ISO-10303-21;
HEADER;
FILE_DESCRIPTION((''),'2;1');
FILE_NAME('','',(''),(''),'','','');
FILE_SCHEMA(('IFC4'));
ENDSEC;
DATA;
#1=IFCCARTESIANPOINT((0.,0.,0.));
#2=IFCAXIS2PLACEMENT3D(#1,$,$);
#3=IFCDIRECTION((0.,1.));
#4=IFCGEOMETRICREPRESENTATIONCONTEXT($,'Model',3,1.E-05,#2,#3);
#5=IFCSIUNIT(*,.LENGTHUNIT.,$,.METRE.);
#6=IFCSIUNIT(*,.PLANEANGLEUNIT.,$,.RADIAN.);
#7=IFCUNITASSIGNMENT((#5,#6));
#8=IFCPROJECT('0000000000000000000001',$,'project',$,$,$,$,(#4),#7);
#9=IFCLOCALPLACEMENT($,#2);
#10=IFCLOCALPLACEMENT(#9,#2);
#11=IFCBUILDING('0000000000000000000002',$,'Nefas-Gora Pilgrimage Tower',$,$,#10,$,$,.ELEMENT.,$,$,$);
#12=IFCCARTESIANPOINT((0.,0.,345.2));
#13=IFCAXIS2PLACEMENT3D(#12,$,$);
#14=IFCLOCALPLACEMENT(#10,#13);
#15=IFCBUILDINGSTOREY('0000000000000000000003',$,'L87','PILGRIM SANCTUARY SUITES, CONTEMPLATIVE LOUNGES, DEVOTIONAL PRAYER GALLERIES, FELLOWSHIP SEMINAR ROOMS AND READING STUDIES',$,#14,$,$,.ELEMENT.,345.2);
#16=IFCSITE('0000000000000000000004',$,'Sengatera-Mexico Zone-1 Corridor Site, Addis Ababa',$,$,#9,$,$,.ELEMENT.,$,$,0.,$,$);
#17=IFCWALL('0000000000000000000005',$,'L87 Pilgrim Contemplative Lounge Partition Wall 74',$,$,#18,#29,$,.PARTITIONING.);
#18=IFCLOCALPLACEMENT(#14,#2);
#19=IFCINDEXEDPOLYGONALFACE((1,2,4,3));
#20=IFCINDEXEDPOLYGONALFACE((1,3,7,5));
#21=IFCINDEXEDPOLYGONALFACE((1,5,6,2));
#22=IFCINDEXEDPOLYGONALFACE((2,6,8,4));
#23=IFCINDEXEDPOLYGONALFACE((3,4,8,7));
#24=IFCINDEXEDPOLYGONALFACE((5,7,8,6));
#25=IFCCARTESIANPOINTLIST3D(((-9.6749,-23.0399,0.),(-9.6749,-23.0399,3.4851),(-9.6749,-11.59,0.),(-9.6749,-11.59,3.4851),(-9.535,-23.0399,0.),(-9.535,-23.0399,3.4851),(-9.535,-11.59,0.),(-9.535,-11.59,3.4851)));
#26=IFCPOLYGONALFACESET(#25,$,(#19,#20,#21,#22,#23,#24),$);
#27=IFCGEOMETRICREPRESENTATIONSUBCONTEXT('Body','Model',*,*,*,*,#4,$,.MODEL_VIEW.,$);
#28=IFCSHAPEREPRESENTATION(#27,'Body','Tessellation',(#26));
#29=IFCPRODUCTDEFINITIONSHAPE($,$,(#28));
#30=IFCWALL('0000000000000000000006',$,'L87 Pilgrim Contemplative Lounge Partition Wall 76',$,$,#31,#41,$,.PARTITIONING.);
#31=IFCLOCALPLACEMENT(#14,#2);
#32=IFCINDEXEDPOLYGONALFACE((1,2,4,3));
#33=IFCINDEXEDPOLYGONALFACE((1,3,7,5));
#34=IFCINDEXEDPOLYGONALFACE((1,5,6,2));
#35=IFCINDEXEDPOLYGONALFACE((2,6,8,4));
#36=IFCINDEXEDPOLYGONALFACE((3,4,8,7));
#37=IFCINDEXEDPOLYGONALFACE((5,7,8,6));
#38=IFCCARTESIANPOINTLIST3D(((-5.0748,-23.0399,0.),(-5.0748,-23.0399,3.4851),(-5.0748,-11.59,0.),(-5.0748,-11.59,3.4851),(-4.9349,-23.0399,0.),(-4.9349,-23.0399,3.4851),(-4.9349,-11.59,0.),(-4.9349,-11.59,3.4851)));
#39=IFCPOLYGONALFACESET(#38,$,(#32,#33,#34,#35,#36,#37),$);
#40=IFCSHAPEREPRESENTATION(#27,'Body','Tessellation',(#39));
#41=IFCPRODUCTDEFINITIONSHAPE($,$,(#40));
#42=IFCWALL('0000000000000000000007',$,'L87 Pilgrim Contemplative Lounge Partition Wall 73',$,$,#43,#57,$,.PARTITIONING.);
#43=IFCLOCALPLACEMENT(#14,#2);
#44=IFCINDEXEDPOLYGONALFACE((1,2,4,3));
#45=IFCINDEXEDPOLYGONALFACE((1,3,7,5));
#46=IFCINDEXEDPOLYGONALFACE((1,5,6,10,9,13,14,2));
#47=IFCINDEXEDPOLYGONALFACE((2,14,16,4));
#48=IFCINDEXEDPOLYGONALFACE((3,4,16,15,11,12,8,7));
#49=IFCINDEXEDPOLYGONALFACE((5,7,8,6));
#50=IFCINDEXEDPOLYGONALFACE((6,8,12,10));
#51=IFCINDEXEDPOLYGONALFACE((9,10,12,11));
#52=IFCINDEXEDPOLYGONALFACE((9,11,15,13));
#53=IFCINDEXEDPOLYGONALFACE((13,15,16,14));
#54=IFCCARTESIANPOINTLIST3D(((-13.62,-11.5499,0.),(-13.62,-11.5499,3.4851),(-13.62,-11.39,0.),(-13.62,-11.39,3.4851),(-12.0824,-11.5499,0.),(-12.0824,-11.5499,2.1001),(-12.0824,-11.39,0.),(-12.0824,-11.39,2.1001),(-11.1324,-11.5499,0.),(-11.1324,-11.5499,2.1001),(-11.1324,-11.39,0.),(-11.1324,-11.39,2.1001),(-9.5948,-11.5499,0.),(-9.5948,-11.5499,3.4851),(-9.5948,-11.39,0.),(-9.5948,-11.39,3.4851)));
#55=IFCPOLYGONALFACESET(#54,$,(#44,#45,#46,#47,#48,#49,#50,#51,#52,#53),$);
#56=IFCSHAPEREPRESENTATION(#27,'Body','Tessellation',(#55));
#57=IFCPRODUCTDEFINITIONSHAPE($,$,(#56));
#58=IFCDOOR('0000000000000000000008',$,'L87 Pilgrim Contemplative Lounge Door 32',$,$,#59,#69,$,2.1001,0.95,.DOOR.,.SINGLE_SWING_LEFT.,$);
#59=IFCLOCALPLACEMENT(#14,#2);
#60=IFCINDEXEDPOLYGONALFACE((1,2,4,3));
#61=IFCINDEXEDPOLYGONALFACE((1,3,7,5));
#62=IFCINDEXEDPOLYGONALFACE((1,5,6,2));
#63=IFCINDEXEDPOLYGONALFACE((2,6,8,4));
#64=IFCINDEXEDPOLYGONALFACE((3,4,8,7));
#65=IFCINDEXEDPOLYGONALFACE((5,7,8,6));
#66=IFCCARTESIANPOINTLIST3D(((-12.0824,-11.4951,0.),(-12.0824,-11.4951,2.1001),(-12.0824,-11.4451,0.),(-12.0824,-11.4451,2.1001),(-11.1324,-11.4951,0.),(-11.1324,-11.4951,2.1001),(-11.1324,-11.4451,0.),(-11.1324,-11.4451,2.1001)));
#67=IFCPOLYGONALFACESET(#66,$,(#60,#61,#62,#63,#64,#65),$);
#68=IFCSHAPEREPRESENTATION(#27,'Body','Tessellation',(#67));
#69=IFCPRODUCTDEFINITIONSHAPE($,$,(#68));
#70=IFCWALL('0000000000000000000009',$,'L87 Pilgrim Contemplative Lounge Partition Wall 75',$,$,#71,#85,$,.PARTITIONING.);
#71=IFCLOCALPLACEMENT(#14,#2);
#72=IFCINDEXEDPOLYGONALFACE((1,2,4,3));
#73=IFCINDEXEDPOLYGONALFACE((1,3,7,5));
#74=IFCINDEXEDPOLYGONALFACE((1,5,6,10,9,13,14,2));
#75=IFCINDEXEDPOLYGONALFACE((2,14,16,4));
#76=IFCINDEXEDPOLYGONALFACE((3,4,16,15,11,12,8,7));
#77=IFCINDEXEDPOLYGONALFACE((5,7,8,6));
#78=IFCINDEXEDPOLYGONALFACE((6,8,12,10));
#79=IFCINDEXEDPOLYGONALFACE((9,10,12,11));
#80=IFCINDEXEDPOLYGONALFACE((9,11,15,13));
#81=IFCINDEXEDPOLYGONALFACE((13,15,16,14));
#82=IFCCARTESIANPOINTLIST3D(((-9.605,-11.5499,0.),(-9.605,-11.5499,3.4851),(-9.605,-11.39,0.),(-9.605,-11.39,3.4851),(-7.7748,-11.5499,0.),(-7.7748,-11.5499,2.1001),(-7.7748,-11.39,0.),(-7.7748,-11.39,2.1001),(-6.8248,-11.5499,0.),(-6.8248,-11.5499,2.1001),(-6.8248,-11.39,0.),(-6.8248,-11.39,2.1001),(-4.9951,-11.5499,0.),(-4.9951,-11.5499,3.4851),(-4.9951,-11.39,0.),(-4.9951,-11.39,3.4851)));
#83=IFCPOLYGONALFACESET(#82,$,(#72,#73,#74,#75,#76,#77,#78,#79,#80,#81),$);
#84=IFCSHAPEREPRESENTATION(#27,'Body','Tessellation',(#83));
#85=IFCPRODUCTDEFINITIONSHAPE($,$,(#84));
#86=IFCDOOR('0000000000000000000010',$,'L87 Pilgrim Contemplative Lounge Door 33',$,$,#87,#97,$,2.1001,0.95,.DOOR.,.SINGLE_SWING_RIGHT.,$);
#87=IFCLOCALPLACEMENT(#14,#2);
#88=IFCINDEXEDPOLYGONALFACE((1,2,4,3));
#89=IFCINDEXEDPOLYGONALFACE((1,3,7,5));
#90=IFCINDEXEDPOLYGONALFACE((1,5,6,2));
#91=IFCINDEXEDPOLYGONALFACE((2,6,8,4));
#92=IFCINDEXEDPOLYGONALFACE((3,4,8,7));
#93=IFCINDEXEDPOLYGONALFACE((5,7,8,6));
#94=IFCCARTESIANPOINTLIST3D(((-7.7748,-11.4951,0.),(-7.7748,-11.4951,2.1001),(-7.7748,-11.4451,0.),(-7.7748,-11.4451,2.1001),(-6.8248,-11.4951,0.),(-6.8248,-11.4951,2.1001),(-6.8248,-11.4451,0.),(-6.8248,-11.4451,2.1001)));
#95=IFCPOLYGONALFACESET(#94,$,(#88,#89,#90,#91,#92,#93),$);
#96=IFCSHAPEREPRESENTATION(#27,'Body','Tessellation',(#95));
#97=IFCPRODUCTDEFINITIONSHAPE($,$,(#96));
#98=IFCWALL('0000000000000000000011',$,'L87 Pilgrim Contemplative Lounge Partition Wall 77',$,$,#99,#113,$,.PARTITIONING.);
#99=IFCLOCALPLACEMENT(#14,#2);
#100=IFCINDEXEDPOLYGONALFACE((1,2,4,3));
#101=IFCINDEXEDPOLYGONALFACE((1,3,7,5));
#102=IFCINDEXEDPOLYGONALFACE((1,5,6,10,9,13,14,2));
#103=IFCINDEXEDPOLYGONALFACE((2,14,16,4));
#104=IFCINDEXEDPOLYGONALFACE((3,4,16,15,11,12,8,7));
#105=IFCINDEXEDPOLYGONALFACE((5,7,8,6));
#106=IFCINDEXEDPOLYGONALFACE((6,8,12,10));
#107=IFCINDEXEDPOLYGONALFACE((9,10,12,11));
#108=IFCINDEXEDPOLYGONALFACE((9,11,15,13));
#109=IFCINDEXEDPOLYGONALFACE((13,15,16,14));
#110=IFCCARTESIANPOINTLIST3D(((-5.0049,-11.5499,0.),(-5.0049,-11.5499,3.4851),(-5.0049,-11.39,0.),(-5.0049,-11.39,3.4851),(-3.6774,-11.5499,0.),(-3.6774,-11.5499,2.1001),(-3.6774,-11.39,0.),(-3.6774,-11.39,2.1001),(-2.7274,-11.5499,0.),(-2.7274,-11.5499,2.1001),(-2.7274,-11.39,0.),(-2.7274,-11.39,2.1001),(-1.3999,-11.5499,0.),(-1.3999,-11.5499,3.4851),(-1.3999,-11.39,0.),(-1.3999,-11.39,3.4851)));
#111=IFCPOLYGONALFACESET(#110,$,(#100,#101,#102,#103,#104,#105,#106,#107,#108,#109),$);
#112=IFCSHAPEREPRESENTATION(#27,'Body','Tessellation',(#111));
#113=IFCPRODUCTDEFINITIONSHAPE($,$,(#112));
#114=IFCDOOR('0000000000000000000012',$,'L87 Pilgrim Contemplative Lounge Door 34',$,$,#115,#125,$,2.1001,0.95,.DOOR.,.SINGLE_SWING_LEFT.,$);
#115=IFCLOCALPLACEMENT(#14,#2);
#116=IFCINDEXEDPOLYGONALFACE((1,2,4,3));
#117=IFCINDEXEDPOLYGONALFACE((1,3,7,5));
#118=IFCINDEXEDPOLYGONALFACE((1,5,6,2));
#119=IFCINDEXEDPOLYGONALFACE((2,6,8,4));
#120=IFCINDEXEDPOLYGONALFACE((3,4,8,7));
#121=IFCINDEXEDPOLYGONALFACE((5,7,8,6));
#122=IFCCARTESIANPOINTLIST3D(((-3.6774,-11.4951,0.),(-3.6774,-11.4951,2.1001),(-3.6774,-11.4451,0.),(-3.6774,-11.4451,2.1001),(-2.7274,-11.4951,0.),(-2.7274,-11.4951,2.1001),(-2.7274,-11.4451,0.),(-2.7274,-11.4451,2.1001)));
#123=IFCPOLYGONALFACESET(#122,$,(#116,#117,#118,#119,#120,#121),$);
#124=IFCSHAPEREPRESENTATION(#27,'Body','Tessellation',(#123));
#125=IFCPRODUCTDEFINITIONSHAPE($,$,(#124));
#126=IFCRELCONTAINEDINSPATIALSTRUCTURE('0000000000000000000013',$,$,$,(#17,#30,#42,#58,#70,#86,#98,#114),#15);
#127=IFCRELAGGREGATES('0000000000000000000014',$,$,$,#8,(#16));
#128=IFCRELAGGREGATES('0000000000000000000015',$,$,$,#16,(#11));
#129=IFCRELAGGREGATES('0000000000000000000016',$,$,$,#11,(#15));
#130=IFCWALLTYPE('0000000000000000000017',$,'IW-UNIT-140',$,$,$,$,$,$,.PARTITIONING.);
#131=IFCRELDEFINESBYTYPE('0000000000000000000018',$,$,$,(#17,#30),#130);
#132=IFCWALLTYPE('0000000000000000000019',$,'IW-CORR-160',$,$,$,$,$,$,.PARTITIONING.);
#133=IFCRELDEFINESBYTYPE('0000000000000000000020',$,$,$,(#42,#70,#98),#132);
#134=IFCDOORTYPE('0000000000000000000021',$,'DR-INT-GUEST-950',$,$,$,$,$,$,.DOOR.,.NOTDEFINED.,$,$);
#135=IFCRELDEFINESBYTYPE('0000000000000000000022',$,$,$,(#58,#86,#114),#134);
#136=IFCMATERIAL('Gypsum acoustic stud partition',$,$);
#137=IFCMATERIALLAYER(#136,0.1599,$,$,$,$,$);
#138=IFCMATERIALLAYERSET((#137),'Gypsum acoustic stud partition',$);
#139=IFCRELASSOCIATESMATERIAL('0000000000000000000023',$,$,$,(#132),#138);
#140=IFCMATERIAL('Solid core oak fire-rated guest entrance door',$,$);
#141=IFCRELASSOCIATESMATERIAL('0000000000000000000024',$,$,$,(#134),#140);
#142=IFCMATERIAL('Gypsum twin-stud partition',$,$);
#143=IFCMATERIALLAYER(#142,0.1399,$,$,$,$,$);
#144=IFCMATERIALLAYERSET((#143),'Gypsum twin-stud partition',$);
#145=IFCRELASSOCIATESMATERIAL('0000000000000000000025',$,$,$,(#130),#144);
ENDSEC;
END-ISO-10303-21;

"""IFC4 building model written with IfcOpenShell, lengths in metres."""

from ifc_helpers import new_model, si_unit, direction, frame, frame_2d, origin, place, context, subcontext, project, spatial, rectangle, extrude, source, transform, mapped, material, layer, layer_set, type_object, element, fill, save


model = new_model("IFC4")

# Units and contexts
model_context = context("Model", 3, precision=1e-05, world=origin(), true_north=direction((0.0, 1.0)))
body_context = subcontext(model_context, "Body", "Model", "MODEL_VIEW")
ifc_project = project(units=[si_unit("LENGTHUNIT", "METRE"), si_unit("PLANEANGLEUNIT", "RADIAN")], contexts=[model_context])

# Site, building, storey
site_placement = place(None, origin())
site = spatial("IfcSite", under=ifc_project, at=site_placement, Name="Sengatera-Mexico Zone-1 Corridor Site, Addis Ababa", CompositionType="ELEMENT", RefElevation=0.0)
building_placement = place(site_placement, origin())
building = spatial("IfcBuilding", under=site, at=building_placement, Name="Nefas-Gora Pilgrimage Tower", CompositionType="ELEMENT")
storey_placement = place(building_placement, frame((0.0, 0.0, 345.2)))
storey = spatial("IfcBuildingStorey", under=building, at=storey_placement, Name="L87", Description="PILGRIM SANCTUARY SUITES, CONTEMPLATIVE LOUNGES, DEVOTIONAL PRAYER GALLERIES, FELLOWSHIP SEMINAR ROOMS AND READING STUDIES", CompositionType="ELEMENT", Elevation=345.2)

# Shared definitions
ifc_material_1 = material(Name="Gypsum acoustic stud partition")
ifc_layer_1 = layer(ifc_material_1, 0.1599)
ifc_layer_set_1 = layer_set([ifc_layer_1], Name="Gypsum acoustic stud partition")
wall_type_1 = type_object("IfcWallType", Name="IW-CORR-160", PredefinedType="PARTITIONING", material=ifc_layer_set_1)
ifc_material_2 = material(Name="Solid core oak fire-rated guest entrance door")
door_type = type_object("IfcDoorType", Name="DR-INT-GUEST-950", OperationType="NOTDEFINED", PredefinedType="DOOR", material=ifc_material_2)
shared_shape_1 = source(origin(), body_context, "Body", "SweptSolid", [
    extrude(rectangle(XDim=0.95, YDim=2.1001, at=frame_2d((0.4751, 1.05))), frame((0.0, 0.0249, 0.0), z_axis=(0.0, -1.0, 0.0), x_axis=(1.0, 0.0, 0.0)), (0.0, 0.0, 1.0), 0.05),
])

# Walls
ifc_material_3 = material(Name="Gypsum twin-stud partition")
ifc_layer_2 = layer(ifc_material_3, 0.1399)
ifc_layer_set_2 = layer_set([ifc_layer_2], Name="Gypsum twin-stud partition")
wall_type_2 = type_object("IfcWallType", Name="IW-UNIT-140", PredefinedType="PARTITIONING", material=ifc_layer_set_2)
shared_shape_2 = source(origin(), body_context, "Body", "SweptSolid", [
    extrude(rectangle(XDim=11.45, YDim=0.1399, at=frame_2d((5.7251, 0.0))), origin(), (0.0, 0.0, 1.0), 3.4851),
])
for number, where, z_axis, x_axis, name in (
    (1, (-9.605, -23.04, 0.0), (0.0, 0.0, 1.0), (0.0, 1.0, 0.0), "L87 Pilgrim Contemplative Lounge Partition Wall 74"),
    (2, (-5.0049, -23.04, 0.0), (0.0, 0.0, 1.0), (0.0, 1.0, 0.0), "L87 Pilgrim Contemplative Lounge Partition Wall 76"),
):
    element("IfcWall", number, at=place(storey_placement, frame(where, z_axis=z_axis, x_axis=x_axis)), inside=storey, type_object=wall_type_2, Name=name, PredefinedType="PARTITIONING", context=body_context, shape_type="MappedRepresentation", body=[
        mapped(shared_shape_2, transform((0.0, 0.0, 0.0), x_axis=(1.0, 0.0, 0.0), y_axis=(0.0, 1.0, 0.0), z_axis=(0.0, 0.0, 1.0), scale=1.0)),
    ])

# Walls, openings, doors
shared_shape_3 = source(origin(), body_context, "Body", "SweptSolid", [
    extrude(rectangle(XDim=4.0251, YDim=0.1599, at=frame_2d((2.0127, 0.0))), origin(), (0.0, 0.0, 1.0), 3.4851),
])
wall_1_placement = place(storey_placement, frame((-13.6201, -11.47, 0.0), z_axis=(0.0, 0.0, 1.0), x_axis=(1.0, 0.0, 0.0)))
wall_1 = element("IfcWall", 3, at=wall_1_placement, inside=storey, type_object=wall_type_1, Name="L87 Pilgrim Contemplative Lounge Partition Wall 73", PredefinedType="PARTITIONING", context=body_context, shape_type="MappedRepresentation", body=[
    mapped(shared_shape_3, transform((0.0, 0.0, 0.0), x_axis=(1.0, 0.0, 0.0), y_axis=(0.0, 1.0, 0.0), z_axis=(0.0, 0.0, 1.0), scale=1.0)),
])
opening_1_placement = place(wall_1_placement, frame((1.5376, 0.0, 0.0)))
opening_1 = element("IfcOpeningElement", 4, at=opening_1_placement, cuts=wall_1, PredefinedType="OPENING", context=body_context, shape_type="SweptSolid", body=[
    extrude(rectangle(XDim=0.95, YDim=2.1001, at=frame_2d((0.4751, 1.05))), frame((0.0, 0.0898, 0.0), z_axis=(0.0, -1.0, 0.0), x_axis=(1.0, 0.0, 0.0)), (0.0, 0.0, 1.0), 0.1799),
])
door_1_placement = place(opening_1_placement, origin())
door_1 = element("IfcDoor", 5, at=door_1_placement, inside=storey, type_object=door_type, Name="L87 Pilgrim Contemplative Lounge Door 32", OperationType="SINGLE_SWING_LEFT", OverallHeight=2.1001, OverallWidth=0.95, PredefinedType="DOOR", context=body_context, shape_type="MappedRepresentation", body=[
    mapped(shared_shape_1, transform((0.0, 0.0, 0.0), x_axis=(1.0, 0.0, 0.0), y_axis=(0.0, 1.0, 0.0), z_axis=(0.0, 0.0, 1.0), scale=1.0)),
])
fill(opening_1, door_1)
shared_shape_4 = source(origin(), body_context, "Body", "SweptSolid", [
    extrude(rectangle(XDim=4.6099, YDim=0.1599, at=frame_2d((2.3049, 0.0))), origin(), (0.0, 0.0, 1.0), 3.4851),
])
wall_2_placement = place(storey_placement, frame((-9.605, -11.47, 0.0), z_axis=(0.0, 0.0, 1.0), x_axis=(1.0, 0.0, 0.0)))
wall_2 = element("IfcWall", 6, at=wall_2_placement, inside=storey, type_object=wall_type_1, Name="L87 Pilgrim Contemplative Lounge Partition Wall 75", PredefinedType="PARTITIONING", context=body_context, shape_type="MappedRepresentation", body=[
    mapped(shared_shape_4, transform((0.0, 0.0, 0.0), x_axis=(1.0, 0.0, 0.0), y_axis=(0.0, 1.0, 0.0), z_axis=(0.0, 0.0, 1.0), scale=1.0)),
])
opening_2_placement = place(wall_2_placement, frame((1.8301, 0.0, 0.0)))
opening_2 = element("IfcOpeningElement", 7, at=opening_2_placement, cuts=wall_2, PredefinedType="OPENING", context=body_context, shape_type="SweptSolid", body=[
    extrude(rectangle(XDim=0.95, YDim=2.1001, at=frame_2d((0.4751, 1.05))), frame((0.0, 0.0898, 0.0), z_axis=(0.0, -1.0, 0.0), x_axis=(1.0, 0.0, 0.0)), (0.0, 0.0, 1.0), 0.1799),
])
door_2_placement = place(opening_2_placement, origin())
door_2 = element("IfcDoor", 8, at=door_2_placement, inside=storey, type_object=door_type, Name="L87 Pilgrim Contemplative Lounge Door 33", OperationType="SINGLE_SWING_RIGHT", OverallHeight=2.1001, OverallWidth=0.95, PredefinedType="DOOR", context=body_context, shape_type="MappedRepresentation", body=[
    mapped(shared_shape_1, transform((0.0, 0.0, 0.0), x_axis=(1.0, 0.0, 0.0), y_axis=(0.0, 1.0, 0.0), z_axis=(0.0, 0.0, 1.0), scale=1.0)),
])
fill(opening_2, door_2)
shared_shape_5 = source(origin(), body_context, "Body", "SweptSolid", [
    extrude(rectangle(XDim=3.605, YDim=0.1599, at=frame_2d((1.8025, 0.0))), origin(), (0.0, 0.0, 1.0), 3.4851),
])
wall_3_placement = place(storey_placement, frame((-5.0049, -11.47, 0.0), z_axis=(0.0, 0.0, 1.0), x_axis=(1.0, 0.0, 0.0)))
wall_3 = element("IfcWall", 9, at=wall_3_placement, inside=storey, type_object=wall_type_1, Name="L87 Pilgrim Contemplative Lounge Partition Wall 77", PredefinedType="PARTITIONING", context=body_context, shape_type="MappedRepresentation", body=[
    mapped(shared_shape_5, transform((0.0, 0.0, 0.0), x_axis=(1.0, 0.0, 0.0), y_axis=(0.0, 1.0, 0.0), z_axis=(0.0, 0.0, 1.0), scale=1.0)),
])
opening_3_placement = place(wall_3_placement, frame((1.3274, 0.0, 0.0)))
opening_3 = element("IfcOpeningElement", 10, at=opening_3_placement, cuts=wall_3, PredefinedType="OPENING", context=body_context, shape_type="SweptSolid", body=[
    extrude(rectangle(XDim=0.95, YDim=2.1001, at=frame_2d((0.4751, 1.05))), frame((0.0, 0.0898, 0.0), z_axis=(0.0, -1.0, 0.0), x_axis=(1.0, 0.0, 0.0)), (0.0, 0.0, 1.0), 0.1799),
])
door_3_placement = place(opening_3_placement, origin())
door_3 = element("IfcDoor", 11, at=door_3_placement, inside=storey, type_object=door_type, Name="L87 Pilgrim Contemplative Lounge Door 34", OperationType="SINGLE_SWING_LEFT", OverallHeight=2.1001, OverallWidth=0.95, PredefinedType="DOOR", context=body_context, shape_type="MappedRepresentation", body=[
    mapped(shared_shape_1, transform((0.0, 0.0, 0.0), x_axis=(1.0, 0.0, 0.0), y_axis=(0.0, 1.0, 0.0), z_axis=(0.0, 0.0, 1.0), scale=1.0)),
])
fill(opening_3, door_3)

save(model, "model.ifc")
